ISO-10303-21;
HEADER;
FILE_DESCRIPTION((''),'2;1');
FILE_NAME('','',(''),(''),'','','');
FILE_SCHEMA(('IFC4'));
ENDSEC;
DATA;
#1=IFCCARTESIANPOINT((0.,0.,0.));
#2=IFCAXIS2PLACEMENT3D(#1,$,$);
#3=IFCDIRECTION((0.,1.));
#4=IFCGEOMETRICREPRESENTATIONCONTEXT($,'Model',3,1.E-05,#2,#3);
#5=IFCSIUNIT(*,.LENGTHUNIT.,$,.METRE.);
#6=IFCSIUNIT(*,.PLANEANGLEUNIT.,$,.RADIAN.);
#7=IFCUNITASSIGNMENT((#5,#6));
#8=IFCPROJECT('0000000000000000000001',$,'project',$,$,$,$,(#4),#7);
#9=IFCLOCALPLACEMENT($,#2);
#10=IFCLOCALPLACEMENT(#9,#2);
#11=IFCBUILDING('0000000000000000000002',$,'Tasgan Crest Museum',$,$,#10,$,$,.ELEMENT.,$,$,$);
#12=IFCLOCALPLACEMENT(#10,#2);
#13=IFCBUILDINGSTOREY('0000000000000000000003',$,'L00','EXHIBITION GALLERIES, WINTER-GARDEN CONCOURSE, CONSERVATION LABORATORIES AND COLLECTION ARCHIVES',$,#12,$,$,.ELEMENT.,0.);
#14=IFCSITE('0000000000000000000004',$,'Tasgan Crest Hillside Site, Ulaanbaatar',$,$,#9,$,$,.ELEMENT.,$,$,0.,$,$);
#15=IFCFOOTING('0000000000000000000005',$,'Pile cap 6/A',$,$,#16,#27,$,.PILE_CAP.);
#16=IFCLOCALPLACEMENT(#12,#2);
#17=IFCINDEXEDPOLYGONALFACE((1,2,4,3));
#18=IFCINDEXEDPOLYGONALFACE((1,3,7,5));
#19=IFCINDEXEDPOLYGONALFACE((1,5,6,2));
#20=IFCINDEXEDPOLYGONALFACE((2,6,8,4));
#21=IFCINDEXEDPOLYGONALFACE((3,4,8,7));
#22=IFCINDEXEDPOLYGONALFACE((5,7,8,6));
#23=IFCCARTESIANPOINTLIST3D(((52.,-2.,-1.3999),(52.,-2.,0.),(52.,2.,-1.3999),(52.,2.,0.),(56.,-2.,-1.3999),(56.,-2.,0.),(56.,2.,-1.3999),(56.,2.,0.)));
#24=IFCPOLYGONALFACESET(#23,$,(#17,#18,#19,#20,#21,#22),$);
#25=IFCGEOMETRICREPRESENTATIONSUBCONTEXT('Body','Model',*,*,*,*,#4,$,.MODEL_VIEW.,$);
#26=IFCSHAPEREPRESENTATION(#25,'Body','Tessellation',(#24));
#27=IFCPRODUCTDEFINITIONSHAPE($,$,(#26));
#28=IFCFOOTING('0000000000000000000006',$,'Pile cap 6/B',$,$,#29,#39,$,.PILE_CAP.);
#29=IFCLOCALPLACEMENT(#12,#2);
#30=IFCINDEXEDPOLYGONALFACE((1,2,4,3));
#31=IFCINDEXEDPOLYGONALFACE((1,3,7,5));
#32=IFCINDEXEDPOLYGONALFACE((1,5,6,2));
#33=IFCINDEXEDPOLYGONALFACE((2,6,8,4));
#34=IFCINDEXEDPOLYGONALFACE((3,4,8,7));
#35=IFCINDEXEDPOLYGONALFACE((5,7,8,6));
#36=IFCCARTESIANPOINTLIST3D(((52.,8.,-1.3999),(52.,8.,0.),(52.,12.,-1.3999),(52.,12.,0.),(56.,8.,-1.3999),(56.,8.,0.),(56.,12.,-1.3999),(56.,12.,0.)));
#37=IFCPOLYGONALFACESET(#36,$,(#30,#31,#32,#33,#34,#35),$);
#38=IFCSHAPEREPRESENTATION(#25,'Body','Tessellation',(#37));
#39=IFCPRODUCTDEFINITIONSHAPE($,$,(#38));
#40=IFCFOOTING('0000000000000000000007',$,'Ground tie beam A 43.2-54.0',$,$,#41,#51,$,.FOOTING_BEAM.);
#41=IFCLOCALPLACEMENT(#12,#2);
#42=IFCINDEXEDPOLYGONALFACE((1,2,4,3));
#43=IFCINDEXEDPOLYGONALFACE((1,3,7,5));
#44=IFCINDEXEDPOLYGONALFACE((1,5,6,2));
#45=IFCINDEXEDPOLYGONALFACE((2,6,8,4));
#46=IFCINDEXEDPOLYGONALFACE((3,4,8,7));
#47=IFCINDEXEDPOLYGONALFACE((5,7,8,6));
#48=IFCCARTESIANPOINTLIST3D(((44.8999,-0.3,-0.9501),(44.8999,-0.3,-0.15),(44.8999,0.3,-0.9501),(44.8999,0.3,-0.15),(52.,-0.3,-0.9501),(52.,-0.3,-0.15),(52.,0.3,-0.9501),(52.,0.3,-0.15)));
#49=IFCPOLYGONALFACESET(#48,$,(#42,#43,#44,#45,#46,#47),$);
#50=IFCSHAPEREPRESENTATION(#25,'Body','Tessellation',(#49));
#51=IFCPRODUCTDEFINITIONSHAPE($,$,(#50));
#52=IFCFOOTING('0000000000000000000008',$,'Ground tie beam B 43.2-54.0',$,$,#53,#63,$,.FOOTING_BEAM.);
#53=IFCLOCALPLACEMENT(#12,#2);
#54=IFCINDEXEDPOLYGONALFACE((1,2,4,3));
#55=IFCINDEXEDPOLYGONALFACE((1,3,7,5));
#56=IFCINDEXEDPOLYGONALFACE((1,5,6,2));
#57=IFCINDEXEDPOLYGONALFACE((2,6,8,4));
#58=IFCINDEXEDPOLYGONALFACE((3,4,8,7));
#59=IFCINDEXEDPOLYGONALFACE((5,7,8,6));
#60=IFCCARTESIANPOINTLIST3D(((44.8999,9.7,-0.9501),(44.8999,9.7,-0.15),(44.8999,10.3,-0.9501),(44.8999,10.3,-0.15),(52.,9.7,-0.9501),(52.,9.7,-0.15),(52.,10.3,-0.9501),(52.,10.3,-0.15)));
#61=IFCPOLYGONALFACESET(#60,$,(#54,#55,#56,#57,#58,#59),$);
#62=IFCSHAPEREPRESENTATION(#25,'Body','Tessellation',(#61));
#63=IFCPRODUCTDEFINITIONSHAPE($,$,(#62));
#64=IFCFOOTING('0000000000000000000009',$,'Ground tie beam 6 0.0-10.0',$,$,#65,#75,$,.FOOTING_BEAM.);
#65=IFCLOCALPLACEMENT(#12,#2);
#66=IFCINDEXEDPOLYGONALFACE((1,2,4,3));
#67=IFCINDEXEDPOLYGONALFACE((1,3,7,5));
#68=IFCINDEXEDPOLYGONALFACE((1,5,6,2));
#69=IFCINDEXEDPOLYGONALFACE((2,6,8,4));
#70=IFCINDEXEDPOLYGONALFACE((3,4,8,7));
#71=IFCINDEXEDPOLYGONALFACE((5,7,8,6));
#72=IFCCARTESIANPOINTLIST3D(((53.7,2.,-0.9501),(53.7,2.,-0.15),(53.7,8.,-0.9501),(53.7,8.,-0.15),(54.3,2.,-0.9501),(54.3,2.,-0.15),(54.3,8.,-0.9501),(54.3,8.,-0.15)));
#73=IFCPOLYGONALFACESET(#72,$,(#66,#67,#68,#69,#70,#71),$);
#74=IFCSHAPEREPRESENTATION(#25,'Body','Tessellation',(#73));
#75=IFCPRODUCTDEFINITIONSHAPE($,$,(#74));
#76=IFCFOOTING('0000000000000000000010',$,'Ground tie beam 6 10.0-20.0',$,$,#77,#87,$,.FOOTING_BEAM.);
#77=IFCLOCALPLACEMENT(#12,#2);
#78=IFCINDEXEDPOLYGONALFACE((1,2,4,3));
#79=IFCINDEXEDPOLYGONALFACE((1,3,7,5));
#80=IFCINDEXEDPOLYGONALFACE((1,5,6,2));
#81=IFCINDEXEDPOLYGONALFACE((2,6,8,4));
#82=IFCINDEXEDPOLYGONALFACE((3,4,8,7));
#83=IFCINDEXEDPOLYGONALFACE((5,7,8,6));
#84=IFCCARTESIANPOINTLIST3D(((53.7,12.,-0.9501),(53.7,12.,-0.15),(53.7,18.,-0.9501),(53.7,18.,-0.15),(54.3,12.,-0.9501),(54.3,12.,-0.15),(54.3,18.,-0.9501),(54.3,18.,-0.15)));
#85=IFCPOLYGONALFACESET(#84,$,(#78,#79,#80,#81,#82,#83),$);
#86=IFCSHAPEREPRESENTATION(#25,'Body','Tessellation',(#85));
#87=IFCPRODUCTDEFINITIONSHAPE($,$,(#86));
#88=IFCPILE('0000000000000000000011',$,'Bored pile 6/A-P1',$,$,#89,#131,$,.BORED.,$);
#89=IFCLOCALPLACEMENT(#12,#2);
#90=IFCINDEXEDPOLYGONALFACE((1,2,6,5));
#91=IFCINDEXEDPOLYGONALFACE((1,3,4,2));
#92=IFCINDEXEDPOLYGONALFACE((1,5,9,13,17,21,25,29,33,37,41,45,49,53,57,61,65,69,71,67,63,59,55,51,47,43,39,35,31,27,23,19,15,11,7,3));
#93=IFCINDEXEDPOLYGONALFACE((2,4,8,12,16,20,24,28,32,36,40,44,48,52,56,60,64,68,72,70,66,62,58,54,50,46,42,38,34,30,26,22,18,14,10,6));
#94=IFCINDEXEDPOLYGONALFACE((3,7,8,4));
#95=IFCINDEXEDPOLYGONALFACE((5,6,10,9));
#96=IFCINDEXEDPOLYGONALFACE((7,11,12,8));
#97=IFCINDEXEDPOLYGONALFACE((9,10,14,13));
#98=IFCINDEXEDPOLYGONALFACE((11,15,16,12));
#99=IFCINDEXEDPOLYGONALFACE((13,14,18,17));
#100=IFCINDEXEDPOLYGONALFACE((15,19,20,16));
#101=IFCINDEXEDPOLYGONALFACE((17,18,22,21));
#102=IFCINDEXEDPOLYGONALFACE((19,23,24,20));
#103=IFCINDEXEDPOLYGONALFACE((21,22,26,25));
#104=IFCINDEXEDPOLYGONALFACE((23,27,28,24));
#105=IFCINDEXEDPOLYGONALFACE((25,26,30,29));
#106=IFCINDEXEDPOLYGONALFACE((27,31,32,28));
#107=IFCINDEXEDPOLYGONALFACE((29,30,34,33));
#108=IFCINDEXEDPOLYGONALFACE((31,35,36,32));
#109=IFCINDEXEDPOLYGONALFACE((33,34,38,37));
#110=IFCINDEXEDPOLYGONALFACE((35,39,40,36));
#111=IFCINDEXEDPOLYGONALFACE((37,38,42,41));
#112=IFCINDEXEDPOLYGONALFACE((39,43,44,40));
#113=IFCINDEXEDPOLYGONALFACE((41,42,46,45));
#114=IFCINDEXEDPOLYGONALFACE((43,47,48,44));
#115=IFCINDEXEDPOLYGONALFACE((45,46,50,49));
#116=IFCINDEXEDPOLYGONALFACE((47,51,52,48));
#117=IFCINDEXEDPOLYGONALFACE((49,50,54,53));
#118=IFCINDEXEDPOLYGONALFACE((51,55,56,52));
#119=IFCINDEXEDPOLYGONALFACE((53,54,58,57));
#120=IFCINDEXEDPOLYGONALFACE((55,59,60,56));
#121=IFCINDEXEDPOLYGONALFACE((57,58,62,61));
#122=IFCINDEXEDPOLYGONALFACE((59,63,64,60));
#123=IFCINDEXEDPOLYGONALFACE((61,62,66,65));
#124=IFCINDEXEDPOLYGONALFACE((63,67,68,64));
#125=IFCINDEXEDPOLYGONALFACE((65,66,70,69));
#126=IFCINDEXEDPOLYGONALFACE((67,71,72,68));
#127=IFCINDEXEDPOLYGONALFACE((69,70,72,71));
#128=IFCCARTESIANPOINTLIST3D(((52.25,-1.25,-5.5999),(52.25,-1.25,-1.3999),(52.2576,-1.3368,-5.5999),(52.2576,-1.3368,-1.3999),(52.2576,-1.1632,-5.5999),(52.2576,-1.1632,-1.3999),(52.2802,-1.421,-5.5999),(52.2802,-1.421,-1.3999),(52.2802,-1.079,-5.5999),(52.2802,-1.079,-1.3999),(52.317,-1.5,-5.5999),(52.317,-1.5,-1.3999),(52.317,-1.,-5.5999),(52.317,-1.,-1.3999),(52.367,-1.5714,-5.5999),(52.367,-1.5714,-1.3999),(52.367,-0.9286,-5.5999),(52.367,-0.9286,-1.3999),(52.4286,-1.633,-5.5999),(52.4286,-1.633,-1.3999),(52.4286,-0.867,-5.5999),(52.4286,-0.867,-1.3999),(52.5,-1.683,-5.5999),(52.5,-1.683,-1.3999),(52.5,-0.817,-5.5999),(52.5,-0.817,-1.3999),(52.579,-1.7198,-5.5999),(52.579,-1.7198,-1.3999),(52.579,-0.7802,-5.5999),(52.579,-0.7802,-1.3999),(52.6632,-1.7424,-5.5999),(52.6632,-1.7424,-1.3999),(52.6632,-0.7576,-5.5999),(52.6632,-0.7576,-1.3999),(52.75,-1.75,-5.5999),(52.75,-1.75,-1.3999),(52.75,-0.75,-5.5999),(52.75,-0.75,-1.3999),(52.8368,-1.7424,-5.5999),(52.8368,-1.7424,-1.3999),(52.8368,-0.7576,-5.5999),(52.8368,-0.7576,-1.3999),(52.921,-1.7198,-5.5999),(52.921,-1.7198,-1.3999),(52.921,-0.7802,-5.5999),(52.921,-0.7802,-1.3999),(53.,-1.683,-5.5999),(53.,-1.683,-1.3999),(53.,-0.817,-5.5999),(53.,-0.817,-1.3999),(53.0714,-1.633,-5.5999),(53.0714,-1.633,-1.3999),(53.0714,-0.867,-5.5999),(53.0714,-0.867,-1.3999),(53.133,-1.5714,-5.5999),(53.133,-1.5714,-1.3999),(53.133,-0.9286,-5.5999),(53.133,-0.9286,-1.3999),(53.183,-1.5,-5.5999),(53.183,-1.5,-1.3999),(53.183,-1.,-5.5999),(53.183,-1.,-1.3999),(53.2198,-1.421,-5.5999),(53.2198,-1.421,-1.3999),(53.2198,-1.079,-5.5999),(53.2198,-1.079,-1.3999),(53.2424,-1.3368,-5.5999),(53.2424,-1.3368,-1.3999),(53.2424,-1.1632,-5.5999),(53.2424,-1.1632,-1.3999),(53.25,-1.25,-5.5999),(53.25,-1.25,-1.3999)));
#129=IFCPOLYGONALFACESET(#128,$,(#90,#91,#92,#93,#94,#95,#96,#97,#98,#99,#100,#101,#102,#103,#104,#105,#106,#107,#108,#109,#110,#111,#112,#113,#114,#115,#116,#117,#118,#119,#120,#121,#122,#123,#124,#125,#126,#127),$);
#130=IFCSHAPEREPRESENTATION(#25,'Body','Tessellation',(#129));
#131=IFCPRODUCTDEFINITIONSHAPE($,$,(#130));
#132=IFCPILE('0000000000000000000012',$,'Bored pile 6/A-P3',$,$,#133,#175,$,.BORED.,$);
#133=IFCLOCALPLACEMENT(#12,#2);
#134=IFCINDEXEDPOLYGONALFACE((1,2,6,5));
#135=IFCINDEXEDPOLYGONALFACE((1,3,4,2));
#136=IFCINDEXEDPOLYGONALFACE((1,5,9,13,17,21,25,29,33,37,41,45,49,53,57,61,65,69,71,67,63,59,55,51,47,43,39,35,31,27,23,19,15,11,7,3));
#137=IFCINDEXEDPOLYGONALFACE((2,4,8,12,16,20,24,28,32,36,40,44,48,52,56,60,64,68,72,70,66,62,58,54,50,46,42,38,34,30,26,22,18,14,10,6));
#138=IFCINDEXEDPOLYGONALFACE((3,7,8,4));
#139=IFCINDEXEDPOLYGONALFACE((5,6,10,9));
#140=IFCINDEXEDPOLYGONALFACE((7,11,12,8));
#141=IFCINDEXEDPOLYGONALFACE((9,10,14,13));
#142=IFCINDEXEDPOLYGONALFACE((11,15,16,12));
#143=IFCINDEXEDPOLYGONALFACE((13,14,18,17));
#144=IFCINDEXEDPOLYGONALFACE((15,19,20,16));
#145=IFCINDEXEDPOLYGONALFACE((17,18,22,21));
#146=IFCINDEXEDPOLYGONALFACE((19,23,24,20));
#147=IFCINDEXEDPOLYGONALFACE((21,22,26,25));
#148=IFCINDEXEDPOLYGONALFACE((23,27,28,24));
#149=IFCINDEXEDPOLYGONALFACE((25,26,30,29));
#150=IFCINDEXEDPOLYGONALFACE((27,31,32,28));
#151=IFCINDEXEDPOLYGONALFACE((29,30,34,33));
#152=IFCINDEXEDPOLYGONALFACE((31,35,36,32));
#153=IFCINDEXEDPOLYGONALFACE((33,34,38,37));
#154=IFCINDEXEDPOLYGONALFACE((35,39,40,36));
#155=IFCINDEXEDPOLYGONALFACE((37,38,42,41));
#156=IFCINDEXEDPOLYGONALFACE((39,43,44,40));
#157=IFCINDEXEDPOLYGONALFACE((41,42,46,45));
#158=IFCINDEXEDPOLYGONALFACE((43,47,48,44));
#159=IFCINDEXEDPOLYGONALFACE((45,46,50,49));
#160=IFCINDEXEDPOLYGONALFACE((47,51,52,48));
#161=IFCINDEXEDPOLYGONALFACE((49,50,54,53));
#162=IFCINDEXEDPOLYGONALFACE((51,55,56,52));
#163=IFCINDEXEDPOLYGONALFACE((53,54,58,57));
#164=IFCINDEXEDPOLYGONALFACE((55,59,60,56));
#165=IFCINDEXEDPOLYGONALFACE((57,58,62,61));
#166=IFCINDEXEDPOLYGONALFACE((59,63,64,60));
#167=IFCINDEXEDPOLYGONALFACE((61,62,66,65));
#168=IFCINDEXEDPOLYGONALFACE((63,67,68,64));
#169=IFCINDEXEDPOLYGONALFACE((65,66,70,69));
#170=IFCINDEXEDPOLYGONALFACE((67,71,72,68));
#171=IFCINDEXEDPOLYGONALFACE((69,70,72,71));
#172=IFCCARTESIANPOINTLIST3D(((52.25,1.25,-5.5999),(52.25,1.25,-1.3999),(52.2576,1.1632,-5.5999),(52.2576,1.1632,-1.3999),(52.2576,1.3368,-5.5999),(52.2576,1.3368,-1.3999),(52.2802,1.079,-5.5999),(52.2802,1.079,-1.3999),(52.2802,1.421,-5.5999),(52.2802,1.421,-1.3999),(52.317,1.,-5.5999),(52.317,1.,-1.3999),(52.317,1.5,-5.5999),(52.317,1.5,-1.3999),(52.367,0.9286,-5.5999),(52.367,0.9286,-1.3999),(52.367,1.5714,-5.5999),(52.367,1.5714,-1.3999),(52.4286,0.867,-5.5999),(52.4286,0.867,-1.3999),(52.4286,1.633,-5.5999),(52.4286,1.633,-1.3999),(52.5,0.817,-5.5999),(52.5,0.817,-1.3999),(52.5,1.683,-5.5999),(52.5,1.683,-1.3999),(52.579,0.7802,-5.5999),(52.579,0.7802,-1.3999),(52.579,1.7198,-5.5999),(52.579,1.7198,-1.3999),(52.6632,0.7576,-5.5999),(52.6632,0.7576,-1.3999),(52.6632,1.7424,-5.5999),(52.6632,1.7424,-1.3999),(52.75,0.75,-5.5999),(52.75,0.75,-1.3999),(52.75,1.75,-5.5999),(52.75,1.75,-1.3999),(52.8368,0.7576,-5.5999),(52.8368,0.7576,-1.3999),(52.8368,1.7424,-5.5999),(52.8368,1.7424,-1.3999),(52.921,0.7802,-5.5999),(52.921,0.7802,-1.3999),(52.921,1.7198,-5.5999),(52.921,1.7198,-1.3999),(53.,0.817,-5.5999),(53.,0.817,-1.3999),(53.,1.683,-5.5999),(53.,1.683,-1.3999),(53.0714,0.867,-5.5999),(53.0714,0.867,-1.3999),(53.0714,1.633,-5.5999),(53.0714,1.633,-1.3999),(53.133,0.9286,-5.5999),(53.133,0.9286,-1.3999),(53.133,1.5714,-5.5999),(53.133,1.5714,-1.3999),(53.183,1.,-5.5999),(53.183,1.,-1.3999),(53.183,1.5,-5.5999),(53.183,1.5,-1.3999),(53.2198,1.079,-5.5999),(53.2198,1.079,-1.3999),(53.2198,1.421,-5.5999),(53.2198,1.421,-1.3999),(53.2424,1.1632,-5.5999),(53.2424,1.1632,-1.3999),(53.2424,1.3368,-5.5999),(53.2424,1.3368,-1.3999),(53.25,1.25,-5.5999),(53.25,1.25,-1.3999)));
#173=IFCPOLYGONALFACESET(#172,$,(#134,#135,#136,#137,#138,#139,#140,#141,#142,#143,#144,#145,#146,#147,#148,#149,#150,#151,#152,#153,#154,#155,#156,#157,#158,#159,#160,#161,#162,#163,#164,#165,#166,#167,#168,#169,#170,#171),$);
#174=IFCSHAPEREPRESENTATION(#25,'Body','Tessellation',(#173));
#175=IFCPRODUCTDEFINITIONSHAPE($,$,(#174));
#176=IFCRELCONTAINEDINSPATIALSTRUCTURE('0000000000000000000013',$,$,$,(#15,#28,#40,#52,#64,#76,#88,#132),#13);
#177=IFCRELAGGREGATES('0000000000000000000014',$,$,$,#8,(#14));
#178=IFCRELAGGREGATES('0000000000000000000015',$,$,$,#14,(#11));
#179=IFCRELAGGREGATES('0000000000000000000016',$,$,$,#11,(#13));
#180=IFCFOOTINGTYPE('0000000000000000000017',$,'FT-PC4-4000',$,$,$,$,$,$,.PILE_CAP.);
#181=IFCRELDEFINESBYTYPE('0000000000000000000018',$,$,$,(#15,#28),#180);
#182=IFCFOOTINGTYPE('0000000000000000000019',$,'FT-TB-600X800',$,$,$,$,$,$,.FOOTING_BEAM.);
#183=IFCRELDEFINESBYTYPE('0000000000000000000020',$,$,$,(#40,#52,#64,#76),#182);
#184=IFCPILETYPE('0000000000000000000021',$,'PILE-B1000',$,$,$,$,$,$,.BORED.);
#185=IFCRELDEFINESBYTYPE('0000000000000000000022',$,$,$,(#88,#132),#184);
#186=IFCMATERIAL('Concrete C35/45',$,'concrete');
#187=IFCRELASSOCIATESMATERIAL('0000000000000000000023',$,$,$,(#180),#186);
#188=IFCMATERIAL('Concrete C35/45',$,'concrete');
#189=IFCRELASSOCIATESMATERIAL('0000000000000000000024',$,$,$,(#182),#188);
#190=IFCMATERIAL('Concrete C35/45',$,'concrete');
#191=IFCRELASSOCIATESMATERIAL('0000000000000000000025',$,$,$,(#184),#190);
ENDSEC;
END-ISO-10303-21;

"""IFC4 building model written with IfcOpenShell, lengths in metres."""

from ifc_helpers import new_model, si_unit, direction, frame, origin, origin_2d, place, context, subcontext, project, spatial, rectangle, circle, extrude, material, material_profile, profile_set, type_object, element, save


model = new_model("IFC4")

# Units and contexts
model_context = context("Model", 3, precision=1e-05, world=origin(), true_north=direction((0.0, 1.0)))
body_context = subcontext(model_context, "Body", "Model", "MODEL_VIEW")
ifc_project = project(units=[si_unit("LENGTHUNIT", "METRE"), si_unit("PLANEANGLEUNIT", "RADIAN")], contexts=[model_context])

# Site, building, storey
site_placement = place(None, origin())
site = spatial("IfcSite", under=ifc_project, at=site_placement, Name="Tasgan Crest Hillside Site, Ulaanbaatar", CompositionType="ELEMENT", RefElevation=0.0)
building_placement = place(site_placement, origin())
building = spatial("IfcBuilding", under=site, at=building_placement, Name="Tasgan Crest Museum", CompositionType="ELEMENT")
storey_placement = place(building_placement, origin())
storey = spatial("IfcBuildingStorey", under=building, at=storey_placement, Name="L00", Description="EXHIBITION GALLERIES, WINTER-GARDEN CONCOURSE, CONSERVATION LABORATORIES AND COLLECTION ARCHIVES", CompositionType="ELEMENT", Elevation=0.0)

# Footings
ifc_material_1 = material(Name="Concrete C35/45", Category="concrete")
footing_type_1 = type_object("IfcFootingType", Name="FT-PC4-4000", PredefinedType="PILE_CAP", material=ifc_material_1)
for number, where, z_axis, x_axis, name in (
    (1, (54.0, 0.0, -1.3999), (0.0, 0.0, 1.0), (1.0, 0.0, 0.0), "Pile cap 6/A"),
    (2, (54.0, 10.0, -1.3999), (0.0, 0.0, 1.0), (1.0, 0.0, 0.0), "Pile cap 6/B"),
):
    element("IfcFooting", number, at=place(storey_placement, frame(where, z_axis=z_axis, x_axis=x_axis)), inside=storey, type_object=footing_type_1, Name=name, PredefinedType="PILE_CAP", context=body_context, shape_type="SweptSolid", body=[
        extrude(rectangle(XDim=4.0, YDim=4.0, at=origin_2d()), origin(), (0.0, 0.0, 1.0), 1.3999),
    ])
ifc_material_2 = material(Name="Concrete C35/45", Category="concrete")
ifc_material_profile_1 = material_profile(ifc_material_2, rectangle(XDim=0.6001, YDim=0.8, at=origin_2d()), Name="TB 600x800")
ifc_profile_set_1 = profile_set([ifc_material_profile_1], Name="Concrete C35/45")
footing_type_2 = type_object("IfcFootingType", Name="FT-TB-600X800", PredefinedType="FOOTING_BEAM", material=ifc_profile_set_1)
for number, where, z_axis, x_axis, name in (
    (3, (44.8999, 0.0, -0.55), (1.0, 0.0, 0.0), (0.0, 1.0, 0.0), "Ground tie beam A 43.2-54.0"),
    (4, (44.8999, 10.0, -0.55), (1.0, 0.0, 0.0), (0.0, 1.0, 0.0), "Ground tie beam B 43.2-54.0"),
):
    element("IfcFooting", number, at=place(storey_placement, frame(where, z_axis=z_axis, x_axis=x_axis)), inside=storey, type_object=footing_type_2, Name=name, PredefinedType="FOOTING_BEAM", context=body_context, shape_type="SweptSolid", body=[
        extrude(rectangle(XDim=0.6001, YDim=0.8, at=origin_2d()), origin(), (0.0, 0.0, 1.0), 7.1001),
    ])
for number, where, z_axis, x_axis, name in (
    (5, (54.0, 2.0, -0.55), (0.0, 1.0, 0.0), (-1.0, 0.0, 0.0), "Ground tie beam 6 0.0-10.0"),
    (6, (54.0, 12.0, -0.55), (0.0, 1.0, 0.0), (-1.0, 0.0, 0.0), "Ground tie beam 6 10.0-20.0"),
):
    element("IfcFooting", number, at=place(storey_placement, frame(where, z_axis=z_axis, x_axis=x_axis)), inside=storey, type_object=footing_type_2, Name=name, PredefinedType="FOOTING_BEAM", context=body_context, shape_type="SweptSolid", body=[
        extrude(rectangle(XDim=0.6001, YDim=0.8, at=origin_2d()), origin(), (0.0, 0.0, 1.0), 6.0),
    ])

# Piles
ifc_material_3 = material(Name="Concrete C35/45", Category="concrete")
ifc_material_profile_2 = material_profile(ifc_material_3, circle(Radius=0.5, at=origin_2d()), Name="PILE D1000")
ifc_profile_set_2 = profile_set([ifc_material_profile_2], Name="Concrete C35/45")
pile_type = type_object("IfcPileType", Name="PILE-B1000", PredefinedType="BORED", material=ifc_profile_set_2)
for number, where, z_axis, x_axis, name in (
    (7, (52.75, -1.25, -1.3999), (0.0, 0.0, -1.0), (1.0, 0.0, 0.0), "Bored pile 6/A-P1"),
    (8, (52.75, 1.25, -1.3999), (0.0, 0.0, -1.0), (1.0, 0.0, 0.0), "Bored pile 6/A-P3"),
):
    element("IfcPile", number, at=place(storey_placement, frame(where, z_axis=z_axis, x_axis=x_axis)), inside=storey, type_object=pile_type, Name=name, PredefinedType="BORED", context=body_context, shape_type="SweptSolid", body=[
        extrude(circle(Radius=0.5, at=origin_2d()), origin(), (0.0, 0.0, 1.0), 4.2),
    ])

save(model, "model.ifc")
